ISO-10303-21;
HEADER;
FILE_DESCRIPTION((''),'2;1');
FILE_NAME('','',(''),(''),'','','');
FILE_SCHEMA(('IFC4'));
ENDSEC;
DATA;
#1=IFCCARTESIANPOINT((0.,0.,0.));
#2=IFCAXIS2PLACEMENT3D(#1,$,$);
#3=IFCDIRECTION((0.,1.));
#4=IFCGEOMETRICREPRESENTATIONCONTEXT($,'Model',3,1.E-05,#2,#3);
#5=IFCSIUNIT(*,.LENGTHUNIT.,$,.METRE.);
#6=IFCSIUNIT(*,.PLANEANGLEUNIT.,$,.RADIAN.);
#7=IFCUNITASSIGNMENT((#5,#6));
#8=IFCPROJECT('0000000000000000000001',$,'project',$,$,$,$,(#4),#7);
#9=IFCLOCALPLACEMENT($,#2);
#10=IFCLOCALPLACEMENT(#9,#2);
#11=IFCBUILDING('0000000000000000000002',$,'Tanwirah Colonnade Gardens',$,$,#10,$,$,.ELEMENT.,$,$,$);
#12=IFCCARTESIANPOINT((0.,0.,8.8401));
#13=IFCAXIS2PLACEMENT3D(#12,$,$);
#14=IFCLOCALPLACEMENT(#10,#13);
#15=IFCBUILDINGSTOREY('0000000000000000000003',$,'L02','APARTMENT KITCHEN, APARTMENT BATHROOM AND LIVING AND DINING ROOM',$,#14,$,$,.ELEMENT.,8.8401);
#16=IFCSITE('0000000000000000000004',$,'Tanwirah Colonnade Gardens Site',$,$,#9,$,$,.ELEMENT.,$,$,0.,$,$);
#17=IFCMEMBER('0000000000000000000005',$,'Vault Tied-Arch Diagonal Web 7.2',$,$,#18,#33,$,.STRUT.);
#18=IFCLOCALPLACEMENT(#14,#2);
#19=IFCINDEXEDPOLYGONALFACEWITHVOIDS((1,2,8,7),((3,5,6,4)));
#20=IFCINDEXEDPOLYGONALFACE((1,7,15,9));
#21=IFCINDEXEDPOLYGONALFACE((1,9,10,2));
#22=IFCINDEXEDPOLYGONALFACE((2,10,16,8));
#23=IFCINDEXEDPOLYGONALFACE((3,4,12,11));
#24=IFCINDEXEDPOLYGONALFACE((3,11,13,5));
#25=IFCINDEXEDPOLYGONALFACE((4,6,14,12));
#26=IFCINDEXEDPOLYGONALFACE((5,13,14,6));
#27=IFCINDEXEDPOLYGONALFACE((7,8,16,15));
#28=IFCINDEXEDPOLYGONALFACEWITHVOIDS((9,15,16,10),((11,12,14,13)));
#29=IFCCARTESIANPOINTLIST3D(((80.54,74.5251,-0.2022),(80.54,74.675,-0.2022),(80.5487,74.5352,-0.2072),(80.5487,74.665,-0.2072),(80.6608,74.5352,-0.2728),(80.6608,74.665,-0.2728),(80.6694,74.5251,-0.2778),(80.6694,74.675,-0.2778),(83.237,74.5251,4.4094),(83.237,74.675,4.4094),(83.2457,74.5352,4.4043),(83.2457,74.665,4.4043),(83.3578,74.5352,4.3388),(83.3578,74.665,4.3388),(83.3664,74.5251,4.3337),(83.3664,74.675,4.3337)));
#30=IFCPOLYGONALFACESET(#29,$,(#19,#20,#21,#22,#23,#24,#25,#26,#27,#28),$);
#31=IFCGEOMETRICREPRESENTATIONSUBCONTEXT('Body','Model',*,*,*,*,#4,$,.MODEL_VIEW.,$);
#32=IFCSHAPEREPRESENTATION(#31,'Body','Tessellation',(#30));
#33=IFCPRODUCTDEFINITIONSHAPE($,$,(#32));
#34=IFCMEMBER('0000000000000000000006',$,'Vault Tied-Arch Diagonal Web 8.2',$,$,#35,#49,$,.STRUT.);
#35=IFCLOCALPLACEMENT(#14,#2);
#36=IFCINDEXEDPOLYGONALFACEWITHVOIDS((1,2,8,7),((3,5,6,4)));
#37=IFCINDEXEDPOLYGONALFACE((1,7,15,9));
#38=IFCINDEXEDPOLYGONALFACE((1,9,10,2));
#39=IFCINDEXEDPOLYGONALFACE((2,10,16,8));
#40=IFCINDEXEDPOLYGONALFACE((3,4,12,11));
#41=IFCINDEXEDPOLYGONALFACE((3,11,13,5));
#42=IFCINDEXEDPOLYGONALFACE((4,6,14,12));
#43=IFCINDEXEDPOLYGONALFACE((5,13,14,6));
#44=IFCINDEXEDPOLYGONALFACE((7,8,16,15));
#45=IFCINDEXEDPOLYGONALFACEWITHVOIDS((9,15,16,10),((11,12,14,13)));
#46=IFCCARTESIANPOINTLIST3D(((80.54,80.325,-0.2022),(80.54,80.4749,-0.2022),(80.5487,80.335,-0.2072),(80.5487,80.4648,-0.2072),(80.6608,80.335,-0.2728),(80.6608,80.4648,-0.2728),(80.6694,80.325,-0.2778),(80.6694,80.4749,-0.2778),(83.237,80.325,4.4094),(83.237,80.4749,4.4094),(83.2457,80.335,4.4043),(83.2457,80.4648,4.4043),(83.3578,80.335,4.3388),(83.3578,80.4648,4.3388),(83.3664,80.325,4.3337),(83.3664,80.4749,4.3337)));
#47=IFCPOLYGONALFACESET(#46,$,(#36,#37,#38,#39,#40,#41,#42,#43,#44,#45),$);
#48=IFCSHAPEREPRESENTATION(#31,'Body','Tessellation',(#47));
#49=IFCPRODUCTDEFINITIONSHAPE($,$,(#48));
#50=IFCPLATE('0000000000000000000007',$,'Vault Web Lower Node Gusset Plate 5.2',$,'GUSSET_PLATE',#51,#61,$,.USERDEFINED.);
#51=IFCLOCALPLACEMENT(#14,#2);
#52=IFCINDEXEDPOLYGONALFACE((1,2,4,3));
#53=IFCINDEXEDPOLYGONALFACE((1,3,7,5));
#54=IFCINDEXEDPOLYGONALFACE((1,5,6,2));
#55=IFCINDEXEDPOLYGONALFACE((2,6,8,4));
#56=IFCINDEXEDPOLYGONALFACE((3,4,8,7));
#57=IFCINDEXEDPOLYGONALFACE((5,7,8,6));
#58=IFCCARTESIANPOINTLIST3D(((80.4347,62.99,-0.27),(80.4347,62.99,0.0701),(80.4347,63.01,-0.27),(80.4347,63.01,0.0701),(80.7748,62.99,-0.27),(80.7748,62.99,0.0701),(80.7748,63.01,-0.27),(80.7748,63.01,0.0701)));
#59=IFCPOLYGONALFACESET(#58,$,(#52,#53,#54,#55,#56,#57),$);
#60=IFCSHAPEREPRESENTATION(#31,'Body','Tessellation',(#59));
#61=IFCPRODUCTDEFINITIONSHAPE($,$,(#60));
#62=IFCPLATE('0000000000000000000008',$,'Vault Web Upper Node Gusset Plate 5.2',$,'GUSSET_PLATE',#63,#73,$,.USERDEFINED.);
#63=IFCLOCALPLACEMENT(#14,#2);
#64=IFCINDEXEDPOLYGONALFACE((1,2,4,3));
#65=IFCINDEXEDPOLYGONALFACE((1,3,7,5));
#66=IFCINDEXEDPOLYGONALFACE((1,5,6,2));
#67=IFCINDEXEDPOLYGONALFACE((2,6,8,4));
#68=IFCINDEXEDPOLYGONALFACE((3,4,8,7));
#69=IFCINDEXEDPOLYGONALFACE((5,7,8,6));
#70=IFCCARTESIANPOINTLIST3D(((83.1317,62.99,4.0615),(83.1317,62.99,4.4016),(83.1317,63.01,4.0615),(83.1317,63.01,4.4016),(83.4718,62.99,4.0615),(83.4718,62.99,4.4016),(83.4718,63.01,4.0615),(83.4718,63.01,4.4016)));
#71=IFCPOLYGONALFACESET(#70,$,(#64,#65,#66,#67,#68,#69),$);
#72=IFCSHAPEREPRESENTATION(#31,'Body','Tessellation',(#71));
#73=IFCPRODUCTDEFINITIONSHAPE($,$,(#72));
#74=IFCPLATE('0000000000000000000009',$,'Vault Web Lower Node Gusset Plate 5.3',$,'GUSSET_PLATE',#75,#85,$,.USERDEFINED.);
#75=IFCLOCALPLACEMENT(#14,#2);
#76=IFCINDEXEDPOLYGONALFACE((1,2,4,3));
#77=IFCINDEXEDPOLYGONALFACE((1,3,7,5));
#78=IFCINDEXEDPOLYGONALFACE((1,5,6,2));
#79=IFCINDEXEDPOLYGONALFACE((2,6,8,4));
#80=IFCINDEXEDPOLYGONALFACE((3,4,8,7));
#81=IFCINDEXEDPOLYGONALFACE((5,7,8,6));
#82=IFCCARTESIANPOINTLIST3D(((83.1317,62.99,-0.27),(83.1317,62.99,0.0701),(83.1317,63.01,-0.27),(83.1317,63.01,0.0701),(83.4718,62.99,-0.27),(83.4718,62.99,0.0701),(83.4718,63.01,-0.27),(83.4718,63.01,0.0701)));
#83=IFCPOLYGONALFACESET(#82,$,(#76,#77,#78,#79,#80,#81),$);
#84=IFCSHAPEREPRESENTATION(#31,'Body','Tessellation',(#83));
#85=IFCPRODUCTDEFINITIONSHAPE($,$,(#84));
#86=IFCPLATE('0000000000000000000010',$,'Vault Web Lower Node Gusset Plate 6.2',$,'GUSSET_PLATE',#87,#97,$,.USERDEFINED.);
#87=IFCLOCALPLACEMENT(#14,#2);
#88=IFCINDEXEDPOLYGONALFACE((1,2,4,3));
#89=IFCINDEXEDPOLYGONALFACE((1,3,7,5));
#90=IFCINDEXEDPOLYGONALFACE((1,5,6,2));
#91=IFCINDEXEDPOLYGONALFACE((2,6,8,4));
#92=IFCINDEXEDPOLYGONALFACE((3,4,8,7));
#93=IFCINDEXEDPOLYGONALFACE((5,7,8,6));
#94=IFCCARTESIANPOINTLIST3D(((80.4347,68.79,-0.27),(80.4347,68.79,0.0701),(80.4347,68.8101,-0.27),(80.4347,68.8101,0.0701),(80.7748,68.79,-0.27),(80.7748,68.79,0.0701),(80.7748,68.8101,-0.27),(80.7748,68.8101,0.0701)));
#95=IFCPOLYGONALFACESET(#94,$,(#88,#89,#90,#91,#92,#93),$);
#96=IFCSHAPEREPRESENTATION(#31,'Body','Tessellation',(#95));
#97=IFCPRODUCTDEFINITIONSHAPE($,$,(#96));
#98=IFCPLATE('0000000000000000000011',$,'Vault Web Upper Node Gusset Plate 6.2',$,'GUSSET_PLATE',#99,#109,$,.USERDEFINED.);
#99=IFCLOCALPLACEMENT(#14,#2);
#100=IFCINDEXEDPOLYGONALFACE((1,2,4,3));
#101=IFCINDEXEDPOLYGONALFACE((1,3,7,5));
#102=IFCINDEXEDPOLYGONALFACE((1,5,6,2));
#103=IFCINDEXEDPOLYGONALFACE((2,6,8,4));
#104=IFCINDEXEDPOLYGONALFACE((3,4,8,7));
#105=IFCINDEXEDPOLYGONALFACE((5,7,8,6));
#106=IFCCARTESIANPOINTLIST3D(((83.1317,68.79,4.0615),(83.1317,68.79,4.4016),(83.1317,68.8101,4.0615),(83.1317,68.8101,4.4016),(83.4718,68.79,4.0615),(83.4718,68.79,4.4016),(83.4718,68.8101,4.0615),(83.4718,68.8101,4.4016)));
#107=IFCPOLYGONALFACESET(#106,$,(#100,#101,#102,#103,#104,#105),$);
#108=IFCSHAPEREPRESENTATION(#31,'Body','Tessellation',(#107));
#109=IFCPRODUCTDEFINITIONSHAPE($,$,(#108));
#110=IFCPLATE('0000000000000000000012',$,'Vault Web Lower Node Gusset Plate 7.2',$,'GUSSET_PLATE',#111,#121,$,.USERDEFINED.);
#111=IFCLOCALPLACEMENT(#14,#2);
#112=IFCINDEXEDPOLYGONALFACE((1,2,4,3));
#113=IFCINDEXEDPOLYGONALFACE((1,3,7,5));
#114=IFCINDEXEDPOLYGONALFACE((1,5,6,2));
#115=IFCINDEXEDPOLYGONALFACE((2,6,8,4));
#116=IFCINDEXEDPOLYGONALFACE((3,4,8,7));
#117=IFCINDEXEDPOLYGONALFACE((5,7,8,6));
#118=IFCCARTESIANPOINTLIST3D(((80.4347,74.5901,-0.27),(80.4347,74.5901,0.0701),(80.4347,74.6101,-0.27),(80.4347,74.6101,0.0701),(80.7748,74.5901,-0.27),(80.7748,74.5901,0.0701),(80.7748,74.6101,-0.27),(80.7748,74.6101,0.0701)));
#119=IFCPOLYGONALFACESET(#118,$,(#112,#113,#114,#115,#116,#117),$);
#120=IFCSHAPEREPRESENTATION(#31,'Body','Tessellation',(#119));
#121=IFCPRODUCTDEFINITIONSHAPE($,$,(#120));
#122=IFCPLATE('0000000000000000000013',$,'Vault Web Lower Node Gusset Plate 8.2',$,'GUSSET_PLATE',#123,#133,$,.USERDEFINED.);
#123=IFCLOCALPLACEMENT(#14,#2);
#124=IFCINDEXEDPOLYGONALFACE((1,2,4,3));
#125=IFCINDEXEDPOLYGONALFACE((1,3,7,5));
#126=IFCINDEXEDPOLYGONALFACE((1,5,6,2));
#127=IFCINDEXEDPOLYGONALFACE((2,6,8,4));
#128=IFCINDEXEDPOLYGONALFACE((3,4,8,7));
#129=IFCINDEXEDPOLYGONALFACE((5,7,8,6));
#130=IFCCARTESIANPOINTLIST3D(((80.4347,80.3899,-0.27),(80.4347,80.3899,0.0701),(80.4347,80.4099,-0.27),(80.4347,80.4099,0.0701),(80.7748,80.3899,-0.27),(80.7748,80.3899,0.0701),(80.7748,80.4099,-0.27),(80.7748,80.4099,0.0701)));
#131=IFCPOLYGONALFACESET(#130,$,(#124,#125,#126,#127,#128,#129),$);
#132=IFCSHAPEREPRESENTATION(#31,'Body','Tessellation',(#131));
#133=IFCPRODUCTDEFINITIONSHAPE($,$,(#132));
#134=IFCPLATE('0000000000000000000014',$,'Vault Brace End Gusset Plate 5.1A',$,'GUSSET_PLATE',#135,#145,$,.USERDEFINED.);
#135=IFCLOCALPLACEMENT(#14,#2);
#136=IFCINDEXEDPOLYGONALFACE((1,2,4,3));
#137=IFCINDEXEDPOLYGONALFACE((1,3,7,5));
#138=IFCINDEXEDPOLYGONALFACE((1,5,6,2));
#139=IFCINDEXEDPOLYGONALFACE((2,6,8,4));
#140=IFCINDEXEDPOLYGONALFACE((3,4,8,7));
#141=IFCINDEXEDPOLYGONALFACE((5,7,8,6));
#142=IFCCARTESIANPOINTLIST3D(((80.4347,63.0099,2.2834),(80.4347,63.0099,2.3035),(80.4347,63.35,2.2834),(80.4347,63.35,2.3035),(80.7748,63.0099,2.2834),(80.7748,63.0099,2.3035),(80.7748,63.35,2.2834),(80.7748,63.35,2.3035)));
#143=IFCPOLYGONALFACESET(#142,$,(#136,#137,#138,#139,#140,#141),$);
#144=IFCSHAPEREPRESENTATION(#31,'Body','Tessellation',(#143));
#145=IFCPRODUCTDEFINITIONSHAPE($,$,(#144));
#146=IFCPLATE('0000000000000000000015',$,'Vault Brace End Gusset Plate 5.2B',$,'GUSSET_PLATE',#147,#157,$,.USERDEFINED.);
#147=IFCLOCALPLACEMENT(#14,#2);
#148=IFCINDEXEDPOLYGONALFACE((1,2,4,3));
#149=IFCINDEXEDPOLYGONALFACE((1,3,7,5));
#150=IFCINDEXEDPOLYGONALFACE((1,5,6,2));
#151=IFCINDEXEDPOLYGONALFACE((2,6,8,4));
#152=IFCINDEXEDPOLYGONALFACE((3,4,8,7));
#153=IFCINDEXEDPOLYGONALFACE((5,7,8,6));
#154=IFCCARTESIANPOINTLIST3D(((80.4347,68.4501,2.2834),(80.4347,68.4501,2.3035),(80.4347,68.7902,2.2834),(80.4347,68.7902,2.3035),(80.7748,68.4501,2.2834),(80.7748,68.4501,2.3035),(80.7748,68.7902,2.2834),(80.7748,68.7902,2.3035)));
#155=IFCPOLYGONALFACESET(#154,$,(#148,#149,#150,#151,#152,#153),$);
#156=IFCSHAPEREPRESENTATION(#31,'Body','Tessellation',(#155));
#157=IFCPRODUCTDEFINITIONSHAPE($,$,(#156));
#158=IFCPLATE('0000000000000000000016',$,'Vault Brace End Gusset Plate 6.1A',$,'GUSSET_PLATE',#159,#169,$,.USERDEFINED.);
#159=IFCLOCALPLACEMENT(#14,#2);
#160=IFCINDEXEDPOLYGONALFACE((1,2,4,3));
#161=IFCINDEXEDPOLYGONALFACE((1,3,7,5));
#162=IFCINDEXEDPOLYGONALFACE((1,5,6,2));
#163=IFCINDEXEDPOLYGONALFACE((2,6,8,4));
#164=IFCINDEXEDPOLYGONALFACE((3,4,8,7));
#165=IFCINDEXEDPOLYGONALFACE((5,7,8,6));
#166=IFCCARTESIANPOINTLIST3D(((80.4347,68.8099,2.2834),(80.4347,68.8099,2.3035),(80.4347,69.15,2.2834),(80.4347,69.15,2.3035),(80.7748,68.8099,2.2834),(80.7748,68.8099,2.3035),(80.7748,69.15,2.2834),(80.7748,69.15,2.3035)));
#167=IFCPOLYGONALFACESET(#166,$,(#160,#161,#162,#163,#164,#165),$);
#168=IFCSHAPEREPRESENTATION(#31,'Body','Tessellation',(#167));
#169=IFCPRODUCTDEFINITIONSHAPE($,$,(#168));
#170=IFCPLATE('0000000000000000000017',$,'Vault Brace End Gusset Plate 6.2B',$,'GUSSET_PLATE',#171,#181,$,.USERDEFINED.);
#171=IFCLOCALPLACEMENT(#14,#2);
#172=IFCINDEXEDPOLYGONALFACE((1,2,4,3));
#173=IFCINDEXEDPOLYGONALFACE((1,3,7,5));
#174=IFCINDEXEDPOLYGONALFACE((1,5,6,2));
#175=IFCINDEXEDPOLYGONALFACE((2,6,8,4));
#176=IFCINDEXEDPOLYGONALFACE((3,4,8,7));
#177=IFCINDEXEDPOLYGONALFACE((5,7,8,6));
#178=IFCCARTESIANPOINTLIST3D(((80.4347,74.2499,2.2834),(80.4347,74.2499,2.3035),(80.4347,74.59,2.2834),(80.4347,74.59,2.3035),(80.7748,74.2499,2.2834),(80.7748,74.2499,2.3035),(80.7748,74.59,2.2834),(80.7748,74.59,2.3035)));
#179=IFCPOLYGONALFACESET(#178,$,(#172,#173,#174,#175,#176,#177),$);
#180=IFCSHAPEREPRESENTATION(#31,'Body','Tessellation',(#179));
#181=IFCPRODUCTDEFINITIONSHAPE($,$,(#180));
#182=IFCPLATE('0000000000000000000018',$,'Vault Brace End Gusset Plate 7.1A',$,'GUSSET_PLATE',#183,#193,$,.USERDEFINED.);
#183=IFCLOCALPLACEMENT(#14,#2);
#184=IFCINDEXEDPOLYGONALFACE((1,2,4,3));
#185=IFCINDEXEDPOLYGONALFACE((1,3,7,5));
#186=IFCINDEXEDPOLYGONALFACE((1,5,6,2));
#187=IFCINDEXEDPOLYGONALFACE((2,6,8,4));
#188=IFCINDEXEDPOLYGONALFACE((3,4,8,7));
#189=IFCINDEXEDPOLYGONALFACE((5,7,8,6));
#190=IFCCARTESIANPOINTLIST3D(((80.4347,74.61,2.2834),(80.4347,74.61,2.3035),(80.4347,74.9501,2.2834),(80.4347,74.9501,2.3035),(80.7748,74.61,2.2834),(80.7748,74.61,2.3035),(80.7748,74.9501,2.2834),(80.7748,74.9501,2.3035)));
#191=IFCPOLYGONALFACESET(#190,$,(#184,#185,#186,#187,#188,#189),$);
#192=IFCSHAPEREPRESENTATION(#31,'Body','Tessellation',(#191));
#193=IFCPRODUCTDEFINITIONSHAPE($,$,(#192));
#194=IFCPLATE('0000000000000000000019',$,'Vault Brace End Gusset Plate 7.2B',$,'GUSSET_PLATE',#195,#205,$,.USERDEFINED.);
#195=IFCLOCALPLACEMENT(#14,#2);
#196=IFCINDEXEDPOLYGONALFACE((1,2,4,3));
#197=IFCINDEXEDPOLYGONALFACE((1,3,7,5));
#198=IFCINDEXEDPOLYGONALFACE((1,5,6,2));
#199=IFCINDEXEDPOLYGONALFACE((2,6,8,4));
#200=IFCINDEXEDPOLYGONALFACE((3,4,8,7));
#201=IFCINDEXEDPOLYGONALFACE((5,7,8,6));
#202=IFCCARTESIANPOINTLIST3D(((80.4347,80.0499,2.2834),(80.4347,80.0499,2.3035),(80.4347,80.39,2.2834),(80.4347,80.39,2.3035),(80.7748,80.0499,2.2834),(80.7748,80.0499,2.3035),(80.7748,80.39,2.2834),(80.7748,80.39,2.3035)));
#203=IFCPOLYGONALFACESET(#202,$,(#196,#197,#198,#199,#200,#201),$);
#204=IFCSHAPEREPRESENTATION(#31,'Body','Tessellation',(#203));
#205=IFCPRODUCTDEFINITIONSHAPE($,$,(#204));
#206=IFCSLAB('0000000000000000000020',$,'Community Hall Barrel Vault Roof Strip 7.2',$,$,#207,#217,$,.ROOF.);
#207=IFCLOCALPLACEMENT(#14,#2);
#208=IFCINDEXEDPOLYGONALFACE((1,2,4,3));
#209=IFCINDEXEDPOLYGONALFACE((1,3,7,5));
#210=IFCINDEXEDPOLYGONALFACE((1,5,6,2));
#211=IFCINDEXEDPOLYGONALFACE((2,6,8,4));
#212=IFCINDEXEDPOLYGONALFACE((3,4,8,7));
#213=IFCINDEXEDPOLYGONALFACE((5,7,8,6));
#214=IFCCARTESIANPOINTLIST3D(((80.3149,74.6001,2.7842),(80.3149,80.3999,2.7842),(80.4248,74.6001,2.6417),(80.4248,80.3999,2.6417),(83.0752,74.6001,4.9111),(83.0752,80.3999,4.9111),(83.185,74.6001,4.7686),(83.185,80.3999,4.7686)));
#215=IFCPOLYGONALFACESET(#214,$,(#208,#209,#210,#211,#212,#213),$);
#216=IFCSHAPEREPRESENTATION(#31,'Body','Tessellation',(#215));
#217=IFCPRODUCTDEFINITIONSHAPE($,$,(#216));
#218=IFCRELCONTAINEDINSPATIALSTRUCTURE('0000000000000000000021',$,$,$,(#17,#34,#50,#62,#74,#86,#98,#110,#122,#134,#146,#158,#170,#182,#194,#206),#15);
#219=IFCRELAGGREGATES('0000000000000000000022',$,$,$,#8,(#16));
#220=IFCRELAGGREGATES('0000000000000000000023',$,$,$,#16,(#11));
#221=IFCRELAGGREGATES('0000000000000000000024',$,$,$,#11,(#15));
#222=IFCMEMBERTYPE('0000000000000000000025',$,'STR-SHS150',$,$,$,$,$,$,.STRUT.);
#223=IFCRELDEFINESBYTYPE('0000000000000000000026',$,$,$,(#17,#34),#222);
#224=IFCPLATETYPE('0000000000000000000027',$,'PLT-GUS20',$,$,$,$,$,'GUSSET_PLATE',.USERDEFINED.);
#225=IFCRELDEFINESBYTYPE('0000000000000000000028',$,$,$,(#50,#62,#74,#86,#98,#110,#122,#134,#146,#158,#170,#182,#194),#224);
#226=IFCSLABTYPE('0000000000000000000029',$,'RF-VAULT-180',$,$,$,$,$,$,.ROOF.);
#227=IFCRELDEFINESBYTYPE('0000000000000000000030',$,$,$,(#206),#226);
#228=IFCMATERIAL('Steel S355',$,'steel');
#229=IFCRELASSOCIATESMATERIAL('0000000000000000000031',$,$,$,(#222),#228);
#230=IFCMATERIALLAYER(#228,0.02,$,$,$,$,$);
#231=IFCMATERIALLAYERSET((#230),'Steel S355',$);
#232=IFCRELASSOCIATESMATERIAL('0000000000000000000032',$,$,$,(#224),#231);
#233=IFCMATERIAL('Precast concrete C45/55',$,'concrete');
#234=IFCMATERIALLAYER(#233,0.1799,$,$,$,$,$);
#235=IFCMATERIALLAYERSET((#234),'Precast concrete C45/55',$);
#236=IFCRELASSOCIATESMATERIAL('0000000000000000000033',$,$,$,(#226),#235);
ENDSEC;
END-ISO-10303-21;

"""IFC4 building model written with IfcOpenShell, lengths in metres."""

from ifc_helpers import new_model, si_unit, direction, frame, origin, origin_2d, place, context, subcontext, project, spatial, polyline, rectangle, hollow_rectangle, outline, extrude, material, layer, layer_set, material_profile, profile_set, type_object, element, save


model = new_model("IFC4")

# Units and contexts
model_context = context("Model", 3, precision=1e-05, world=origin(), true_north=direction((0.0, 1.0)))
body_context = subcontext(model_context, "Body", "Model", "MODEL_VIEW")
ifc_project = project(units=[si_unit("LENGTHUNIT", "METRE"), si_unit("PLANEANGLEUNIT", "RADIAN")], contexts=[model_context])

# Site, building, storey
site_placement = place(None, origin())
site = spatial("IfcSite", under=ifc_project, at=site_placement, Name="Tanwirah Colonnade Gardens Site", CompositionType="ELEMENT", RefElevation=0.0)
building_placement = place(site_placement, origin())
building = spatial("IfcBuilding", under=site, at=building_placement, Name="Tanwirah Colonnade Gardens", CompositionType="ELEMENT")
storey_placement = place(building_placement, frame((0.0, 0.0, 8.8401)))
storey = spatial("IfcBuildingStorey", under=building, at=storey_placement, Name="L02", Description="APARTMENT KITCHEN, APARTMENT BATHROOM AND LIVING AND DINING ROOM", CompositionType="ELEMENT", Elevation=8.8401)

# Shared definitions
ifc_material_1 = material(Name="Steel S355", Category="steel")

# Shared definitions
ifc_material_2 = material(Name="Precast concrete C45/55", Category="concrete")

# Members
ifc_material_profile_1 = material_profile(ifc_material_1, hollow_rectangle(XDim=0.1499, YDim=0.1499, WallThickness=0.01, at=origin_2d()), Name="SHS 150x150x10")
ifc_profile_set_1 = profile_set([ifc_material_profile_1], Name="Steel S355")
member_type_1 = type_object("IfcMemberType", Name="STR-SHS150", PredefinedType="STRUT", material=ifc_profile_set_1)
for number, where, z_axis, x_axis, name in (
    (1, (80.6047, 74.6001, -0.24), (0.50484, 0.0, 0.863213), (0.0, 1.0, 0.0), "Vault Tied-Arch Diagonal Web 7.2"),
    (2, (80.6047, 80.3999, -0.24), (0.50484, 0.0, 0.863213), (0.0, 1.0, 0.0), "Vault Tied-Arch Diagonal Web 8.2"),
):
    element("IfcMember", number, at=place(storey_placement, frame(where, z_axis=z_axis, x_axis=x_axis)), inside=storey, type_object=member_type_1, Name=name, PredefinedType="STRUT", context=body_context, shape_type="SweptSolid", body=[
        extrude(hollow_rectangle(XDim=0.1499, YDim=0.1499, WallThickness=0.01, at=origin_2d()), origin(), (0.0, 0.0, 1.0), 5.3423),
    ])

# Plates
ifc_layer_1 = layer(ifc_material_1, 0.02)
ifc_layer_set_1 = layer_set([ifc_layer_1], Name="Steel S355")
plate_type = type_object("IfcPlateType", Name="PLT-GUS20", ElementType="GUSSET_PLATE", PredefinedType="USERDEFINED", material=ifc_layer_set_1)
for number, where, z_axis, x_axis, name in (
    (3, (80.6047, 63.0, -0.27), (0.0, 0.0, 1.0), (1.0, 0.0, 0.0), "Vault Web Lower Node Gusset Plate 5.2"),
    (4, (83.3018, 63.0, 4.0615), (0.0, 0.0, 1.0), (1.0, 0.0, 0.0), "Vault Web Upper Node Gusset Plate 5.2"),
    (5, (83.3018, 63.0, -0.27), (0.0, 0.0, 1.0), (1.0, 0.0, 0.0), "Vault Web Lower Node Gusset Plate 5.3"),
    (6, (80.6047, 68.8, -0.27), (0.0, 0.0, 1.0), (1.0, 0.0, 0.0), "Vault Web Lower Node Gusset Plate 6.2"),
    (7, (83.3018, 68.8, 4.0615), (0.0, 0.0, 1.0), (1.0, 0.0, 0.0), "Vault Web Upper Node Gusset Plate 6.2"),
    (8, (80.6047, 74.6001, -0.27), (0.0, 0.0, 1.0), (1.0, 0.0, 0.0), "Vault Web Lower Node Gusset Plate 7.2"),
    (9, (80.6047, 80.3999, -0.27), (0.0, 0.0, 1.0), (1.0, 0.0, 0.0), "Vault Web Lower Node Gusset Plate 8.2"),
):
    element("IfcPlate", number, at=place(storey_placement, frame(where, z_axis=z_axis, x_axis=x_axis)), inside=storey, type_object=plate_type, Name=name, ObjectType="GUSSET_PLATE", PredefinedType="USERDEFINED", context=body_context, shape_type="SweptSolid", body=[
        extrude(rectangle(XDim=0.3401, YDim=0.02, at=origin_2d()), origin(), (0.0, 0.0, 1.0), 0.3401),
    ])
for number, where, z_axis, x_axis, name in (
    (10, (80.6047, 63.1799, 2.2834), (0.0, 0.0, 1.0), (1.0, 0.0, 0.0), "Vault Brace End Gusset Plate 5.1A"),
    (11, (80.6047, 68.6201, 2.2834), (0.0, 0.0, 1.0), (1.0, 0.0, 0.0), "Vault Brace End Gusset Plate 5.2B"),
    (12, (80.6047, 68.98, 2.2834), (0.0, 0.0, 1.0), (1.0, 0.0, 0.0), "Vault Brace End Gusset Plate 6.1A"),
    (13, (80.6047, 74.4199, 2.2834), (0.0, 0.0, 1.0), (1.0, 0.0, 0.0), "Vault Brace End Gusset Plate 6.2B"),
    (14, (80.6047, 74.78, 2.2834), (0.0, 0.0, 1.0), (1.0, 0.0, 0.0), "Vault Brace End Gusset Plate 7.1A"),
    (15, (80.6047, 80.22, 2.2834), (0.0, 0.0, 1.0), (1.0, 0.0, 0.0), "Vault Brace End Gusset Plate 7.2B"),
):
    element("IfcPlate", number, at=place(storey_placement, frame(where, z_axis=z_axis, x_axis=x_axis)), inside=storey, type_object=plate_type, Name=name, ObjectType="GUSSET_PLATE", PredefinedType="USERDEFINED", context=body_context, shape_type="SweptSolid", body=[
        extrude(rectangle(XDim=0.3401, YDim=0.3401, at=origin_2d()), origin(), (0.0, 0.0, 1.0), 0.02),
    ])

# Slab
ifc_layer_2 = layer(ifc_material_2, 0.1799)
ifc_layer_set_2 = layer_set([ifc_layer_2], Name="Precast concrete C45/55")
slab_type = type_object("IfcSlabType", Name="RF-VAULT-180", PredefinedType="ROOF", material=ifc_layer_set_2)
slab_placement = place(storey_placement, frame((80.3149, 74.6001, 2.7842), z_axis=(-0.610374, 0.0, 0.792113), x_axis=(0.792113, 0.0, 0.610374)))
element("IfcSlab", 16, at=slab_placement, inside=storey, type_object=slab_type, Name="Community Hall Barrel Vault Roof Strip 7.2", PredefinedType="ROOF", context=body_context, shape_type="SweptSolid", body=[
    extrude(outline(polyline([(0.0, 0.0), (3.4847, 0.0), (3.4847, 5.7998), (0.0, 5.7998), (0.0, 0.0)])), origin(), (0.0, 0.0, -1.0), 0.1799),
])

save(model, "model.ifc")
